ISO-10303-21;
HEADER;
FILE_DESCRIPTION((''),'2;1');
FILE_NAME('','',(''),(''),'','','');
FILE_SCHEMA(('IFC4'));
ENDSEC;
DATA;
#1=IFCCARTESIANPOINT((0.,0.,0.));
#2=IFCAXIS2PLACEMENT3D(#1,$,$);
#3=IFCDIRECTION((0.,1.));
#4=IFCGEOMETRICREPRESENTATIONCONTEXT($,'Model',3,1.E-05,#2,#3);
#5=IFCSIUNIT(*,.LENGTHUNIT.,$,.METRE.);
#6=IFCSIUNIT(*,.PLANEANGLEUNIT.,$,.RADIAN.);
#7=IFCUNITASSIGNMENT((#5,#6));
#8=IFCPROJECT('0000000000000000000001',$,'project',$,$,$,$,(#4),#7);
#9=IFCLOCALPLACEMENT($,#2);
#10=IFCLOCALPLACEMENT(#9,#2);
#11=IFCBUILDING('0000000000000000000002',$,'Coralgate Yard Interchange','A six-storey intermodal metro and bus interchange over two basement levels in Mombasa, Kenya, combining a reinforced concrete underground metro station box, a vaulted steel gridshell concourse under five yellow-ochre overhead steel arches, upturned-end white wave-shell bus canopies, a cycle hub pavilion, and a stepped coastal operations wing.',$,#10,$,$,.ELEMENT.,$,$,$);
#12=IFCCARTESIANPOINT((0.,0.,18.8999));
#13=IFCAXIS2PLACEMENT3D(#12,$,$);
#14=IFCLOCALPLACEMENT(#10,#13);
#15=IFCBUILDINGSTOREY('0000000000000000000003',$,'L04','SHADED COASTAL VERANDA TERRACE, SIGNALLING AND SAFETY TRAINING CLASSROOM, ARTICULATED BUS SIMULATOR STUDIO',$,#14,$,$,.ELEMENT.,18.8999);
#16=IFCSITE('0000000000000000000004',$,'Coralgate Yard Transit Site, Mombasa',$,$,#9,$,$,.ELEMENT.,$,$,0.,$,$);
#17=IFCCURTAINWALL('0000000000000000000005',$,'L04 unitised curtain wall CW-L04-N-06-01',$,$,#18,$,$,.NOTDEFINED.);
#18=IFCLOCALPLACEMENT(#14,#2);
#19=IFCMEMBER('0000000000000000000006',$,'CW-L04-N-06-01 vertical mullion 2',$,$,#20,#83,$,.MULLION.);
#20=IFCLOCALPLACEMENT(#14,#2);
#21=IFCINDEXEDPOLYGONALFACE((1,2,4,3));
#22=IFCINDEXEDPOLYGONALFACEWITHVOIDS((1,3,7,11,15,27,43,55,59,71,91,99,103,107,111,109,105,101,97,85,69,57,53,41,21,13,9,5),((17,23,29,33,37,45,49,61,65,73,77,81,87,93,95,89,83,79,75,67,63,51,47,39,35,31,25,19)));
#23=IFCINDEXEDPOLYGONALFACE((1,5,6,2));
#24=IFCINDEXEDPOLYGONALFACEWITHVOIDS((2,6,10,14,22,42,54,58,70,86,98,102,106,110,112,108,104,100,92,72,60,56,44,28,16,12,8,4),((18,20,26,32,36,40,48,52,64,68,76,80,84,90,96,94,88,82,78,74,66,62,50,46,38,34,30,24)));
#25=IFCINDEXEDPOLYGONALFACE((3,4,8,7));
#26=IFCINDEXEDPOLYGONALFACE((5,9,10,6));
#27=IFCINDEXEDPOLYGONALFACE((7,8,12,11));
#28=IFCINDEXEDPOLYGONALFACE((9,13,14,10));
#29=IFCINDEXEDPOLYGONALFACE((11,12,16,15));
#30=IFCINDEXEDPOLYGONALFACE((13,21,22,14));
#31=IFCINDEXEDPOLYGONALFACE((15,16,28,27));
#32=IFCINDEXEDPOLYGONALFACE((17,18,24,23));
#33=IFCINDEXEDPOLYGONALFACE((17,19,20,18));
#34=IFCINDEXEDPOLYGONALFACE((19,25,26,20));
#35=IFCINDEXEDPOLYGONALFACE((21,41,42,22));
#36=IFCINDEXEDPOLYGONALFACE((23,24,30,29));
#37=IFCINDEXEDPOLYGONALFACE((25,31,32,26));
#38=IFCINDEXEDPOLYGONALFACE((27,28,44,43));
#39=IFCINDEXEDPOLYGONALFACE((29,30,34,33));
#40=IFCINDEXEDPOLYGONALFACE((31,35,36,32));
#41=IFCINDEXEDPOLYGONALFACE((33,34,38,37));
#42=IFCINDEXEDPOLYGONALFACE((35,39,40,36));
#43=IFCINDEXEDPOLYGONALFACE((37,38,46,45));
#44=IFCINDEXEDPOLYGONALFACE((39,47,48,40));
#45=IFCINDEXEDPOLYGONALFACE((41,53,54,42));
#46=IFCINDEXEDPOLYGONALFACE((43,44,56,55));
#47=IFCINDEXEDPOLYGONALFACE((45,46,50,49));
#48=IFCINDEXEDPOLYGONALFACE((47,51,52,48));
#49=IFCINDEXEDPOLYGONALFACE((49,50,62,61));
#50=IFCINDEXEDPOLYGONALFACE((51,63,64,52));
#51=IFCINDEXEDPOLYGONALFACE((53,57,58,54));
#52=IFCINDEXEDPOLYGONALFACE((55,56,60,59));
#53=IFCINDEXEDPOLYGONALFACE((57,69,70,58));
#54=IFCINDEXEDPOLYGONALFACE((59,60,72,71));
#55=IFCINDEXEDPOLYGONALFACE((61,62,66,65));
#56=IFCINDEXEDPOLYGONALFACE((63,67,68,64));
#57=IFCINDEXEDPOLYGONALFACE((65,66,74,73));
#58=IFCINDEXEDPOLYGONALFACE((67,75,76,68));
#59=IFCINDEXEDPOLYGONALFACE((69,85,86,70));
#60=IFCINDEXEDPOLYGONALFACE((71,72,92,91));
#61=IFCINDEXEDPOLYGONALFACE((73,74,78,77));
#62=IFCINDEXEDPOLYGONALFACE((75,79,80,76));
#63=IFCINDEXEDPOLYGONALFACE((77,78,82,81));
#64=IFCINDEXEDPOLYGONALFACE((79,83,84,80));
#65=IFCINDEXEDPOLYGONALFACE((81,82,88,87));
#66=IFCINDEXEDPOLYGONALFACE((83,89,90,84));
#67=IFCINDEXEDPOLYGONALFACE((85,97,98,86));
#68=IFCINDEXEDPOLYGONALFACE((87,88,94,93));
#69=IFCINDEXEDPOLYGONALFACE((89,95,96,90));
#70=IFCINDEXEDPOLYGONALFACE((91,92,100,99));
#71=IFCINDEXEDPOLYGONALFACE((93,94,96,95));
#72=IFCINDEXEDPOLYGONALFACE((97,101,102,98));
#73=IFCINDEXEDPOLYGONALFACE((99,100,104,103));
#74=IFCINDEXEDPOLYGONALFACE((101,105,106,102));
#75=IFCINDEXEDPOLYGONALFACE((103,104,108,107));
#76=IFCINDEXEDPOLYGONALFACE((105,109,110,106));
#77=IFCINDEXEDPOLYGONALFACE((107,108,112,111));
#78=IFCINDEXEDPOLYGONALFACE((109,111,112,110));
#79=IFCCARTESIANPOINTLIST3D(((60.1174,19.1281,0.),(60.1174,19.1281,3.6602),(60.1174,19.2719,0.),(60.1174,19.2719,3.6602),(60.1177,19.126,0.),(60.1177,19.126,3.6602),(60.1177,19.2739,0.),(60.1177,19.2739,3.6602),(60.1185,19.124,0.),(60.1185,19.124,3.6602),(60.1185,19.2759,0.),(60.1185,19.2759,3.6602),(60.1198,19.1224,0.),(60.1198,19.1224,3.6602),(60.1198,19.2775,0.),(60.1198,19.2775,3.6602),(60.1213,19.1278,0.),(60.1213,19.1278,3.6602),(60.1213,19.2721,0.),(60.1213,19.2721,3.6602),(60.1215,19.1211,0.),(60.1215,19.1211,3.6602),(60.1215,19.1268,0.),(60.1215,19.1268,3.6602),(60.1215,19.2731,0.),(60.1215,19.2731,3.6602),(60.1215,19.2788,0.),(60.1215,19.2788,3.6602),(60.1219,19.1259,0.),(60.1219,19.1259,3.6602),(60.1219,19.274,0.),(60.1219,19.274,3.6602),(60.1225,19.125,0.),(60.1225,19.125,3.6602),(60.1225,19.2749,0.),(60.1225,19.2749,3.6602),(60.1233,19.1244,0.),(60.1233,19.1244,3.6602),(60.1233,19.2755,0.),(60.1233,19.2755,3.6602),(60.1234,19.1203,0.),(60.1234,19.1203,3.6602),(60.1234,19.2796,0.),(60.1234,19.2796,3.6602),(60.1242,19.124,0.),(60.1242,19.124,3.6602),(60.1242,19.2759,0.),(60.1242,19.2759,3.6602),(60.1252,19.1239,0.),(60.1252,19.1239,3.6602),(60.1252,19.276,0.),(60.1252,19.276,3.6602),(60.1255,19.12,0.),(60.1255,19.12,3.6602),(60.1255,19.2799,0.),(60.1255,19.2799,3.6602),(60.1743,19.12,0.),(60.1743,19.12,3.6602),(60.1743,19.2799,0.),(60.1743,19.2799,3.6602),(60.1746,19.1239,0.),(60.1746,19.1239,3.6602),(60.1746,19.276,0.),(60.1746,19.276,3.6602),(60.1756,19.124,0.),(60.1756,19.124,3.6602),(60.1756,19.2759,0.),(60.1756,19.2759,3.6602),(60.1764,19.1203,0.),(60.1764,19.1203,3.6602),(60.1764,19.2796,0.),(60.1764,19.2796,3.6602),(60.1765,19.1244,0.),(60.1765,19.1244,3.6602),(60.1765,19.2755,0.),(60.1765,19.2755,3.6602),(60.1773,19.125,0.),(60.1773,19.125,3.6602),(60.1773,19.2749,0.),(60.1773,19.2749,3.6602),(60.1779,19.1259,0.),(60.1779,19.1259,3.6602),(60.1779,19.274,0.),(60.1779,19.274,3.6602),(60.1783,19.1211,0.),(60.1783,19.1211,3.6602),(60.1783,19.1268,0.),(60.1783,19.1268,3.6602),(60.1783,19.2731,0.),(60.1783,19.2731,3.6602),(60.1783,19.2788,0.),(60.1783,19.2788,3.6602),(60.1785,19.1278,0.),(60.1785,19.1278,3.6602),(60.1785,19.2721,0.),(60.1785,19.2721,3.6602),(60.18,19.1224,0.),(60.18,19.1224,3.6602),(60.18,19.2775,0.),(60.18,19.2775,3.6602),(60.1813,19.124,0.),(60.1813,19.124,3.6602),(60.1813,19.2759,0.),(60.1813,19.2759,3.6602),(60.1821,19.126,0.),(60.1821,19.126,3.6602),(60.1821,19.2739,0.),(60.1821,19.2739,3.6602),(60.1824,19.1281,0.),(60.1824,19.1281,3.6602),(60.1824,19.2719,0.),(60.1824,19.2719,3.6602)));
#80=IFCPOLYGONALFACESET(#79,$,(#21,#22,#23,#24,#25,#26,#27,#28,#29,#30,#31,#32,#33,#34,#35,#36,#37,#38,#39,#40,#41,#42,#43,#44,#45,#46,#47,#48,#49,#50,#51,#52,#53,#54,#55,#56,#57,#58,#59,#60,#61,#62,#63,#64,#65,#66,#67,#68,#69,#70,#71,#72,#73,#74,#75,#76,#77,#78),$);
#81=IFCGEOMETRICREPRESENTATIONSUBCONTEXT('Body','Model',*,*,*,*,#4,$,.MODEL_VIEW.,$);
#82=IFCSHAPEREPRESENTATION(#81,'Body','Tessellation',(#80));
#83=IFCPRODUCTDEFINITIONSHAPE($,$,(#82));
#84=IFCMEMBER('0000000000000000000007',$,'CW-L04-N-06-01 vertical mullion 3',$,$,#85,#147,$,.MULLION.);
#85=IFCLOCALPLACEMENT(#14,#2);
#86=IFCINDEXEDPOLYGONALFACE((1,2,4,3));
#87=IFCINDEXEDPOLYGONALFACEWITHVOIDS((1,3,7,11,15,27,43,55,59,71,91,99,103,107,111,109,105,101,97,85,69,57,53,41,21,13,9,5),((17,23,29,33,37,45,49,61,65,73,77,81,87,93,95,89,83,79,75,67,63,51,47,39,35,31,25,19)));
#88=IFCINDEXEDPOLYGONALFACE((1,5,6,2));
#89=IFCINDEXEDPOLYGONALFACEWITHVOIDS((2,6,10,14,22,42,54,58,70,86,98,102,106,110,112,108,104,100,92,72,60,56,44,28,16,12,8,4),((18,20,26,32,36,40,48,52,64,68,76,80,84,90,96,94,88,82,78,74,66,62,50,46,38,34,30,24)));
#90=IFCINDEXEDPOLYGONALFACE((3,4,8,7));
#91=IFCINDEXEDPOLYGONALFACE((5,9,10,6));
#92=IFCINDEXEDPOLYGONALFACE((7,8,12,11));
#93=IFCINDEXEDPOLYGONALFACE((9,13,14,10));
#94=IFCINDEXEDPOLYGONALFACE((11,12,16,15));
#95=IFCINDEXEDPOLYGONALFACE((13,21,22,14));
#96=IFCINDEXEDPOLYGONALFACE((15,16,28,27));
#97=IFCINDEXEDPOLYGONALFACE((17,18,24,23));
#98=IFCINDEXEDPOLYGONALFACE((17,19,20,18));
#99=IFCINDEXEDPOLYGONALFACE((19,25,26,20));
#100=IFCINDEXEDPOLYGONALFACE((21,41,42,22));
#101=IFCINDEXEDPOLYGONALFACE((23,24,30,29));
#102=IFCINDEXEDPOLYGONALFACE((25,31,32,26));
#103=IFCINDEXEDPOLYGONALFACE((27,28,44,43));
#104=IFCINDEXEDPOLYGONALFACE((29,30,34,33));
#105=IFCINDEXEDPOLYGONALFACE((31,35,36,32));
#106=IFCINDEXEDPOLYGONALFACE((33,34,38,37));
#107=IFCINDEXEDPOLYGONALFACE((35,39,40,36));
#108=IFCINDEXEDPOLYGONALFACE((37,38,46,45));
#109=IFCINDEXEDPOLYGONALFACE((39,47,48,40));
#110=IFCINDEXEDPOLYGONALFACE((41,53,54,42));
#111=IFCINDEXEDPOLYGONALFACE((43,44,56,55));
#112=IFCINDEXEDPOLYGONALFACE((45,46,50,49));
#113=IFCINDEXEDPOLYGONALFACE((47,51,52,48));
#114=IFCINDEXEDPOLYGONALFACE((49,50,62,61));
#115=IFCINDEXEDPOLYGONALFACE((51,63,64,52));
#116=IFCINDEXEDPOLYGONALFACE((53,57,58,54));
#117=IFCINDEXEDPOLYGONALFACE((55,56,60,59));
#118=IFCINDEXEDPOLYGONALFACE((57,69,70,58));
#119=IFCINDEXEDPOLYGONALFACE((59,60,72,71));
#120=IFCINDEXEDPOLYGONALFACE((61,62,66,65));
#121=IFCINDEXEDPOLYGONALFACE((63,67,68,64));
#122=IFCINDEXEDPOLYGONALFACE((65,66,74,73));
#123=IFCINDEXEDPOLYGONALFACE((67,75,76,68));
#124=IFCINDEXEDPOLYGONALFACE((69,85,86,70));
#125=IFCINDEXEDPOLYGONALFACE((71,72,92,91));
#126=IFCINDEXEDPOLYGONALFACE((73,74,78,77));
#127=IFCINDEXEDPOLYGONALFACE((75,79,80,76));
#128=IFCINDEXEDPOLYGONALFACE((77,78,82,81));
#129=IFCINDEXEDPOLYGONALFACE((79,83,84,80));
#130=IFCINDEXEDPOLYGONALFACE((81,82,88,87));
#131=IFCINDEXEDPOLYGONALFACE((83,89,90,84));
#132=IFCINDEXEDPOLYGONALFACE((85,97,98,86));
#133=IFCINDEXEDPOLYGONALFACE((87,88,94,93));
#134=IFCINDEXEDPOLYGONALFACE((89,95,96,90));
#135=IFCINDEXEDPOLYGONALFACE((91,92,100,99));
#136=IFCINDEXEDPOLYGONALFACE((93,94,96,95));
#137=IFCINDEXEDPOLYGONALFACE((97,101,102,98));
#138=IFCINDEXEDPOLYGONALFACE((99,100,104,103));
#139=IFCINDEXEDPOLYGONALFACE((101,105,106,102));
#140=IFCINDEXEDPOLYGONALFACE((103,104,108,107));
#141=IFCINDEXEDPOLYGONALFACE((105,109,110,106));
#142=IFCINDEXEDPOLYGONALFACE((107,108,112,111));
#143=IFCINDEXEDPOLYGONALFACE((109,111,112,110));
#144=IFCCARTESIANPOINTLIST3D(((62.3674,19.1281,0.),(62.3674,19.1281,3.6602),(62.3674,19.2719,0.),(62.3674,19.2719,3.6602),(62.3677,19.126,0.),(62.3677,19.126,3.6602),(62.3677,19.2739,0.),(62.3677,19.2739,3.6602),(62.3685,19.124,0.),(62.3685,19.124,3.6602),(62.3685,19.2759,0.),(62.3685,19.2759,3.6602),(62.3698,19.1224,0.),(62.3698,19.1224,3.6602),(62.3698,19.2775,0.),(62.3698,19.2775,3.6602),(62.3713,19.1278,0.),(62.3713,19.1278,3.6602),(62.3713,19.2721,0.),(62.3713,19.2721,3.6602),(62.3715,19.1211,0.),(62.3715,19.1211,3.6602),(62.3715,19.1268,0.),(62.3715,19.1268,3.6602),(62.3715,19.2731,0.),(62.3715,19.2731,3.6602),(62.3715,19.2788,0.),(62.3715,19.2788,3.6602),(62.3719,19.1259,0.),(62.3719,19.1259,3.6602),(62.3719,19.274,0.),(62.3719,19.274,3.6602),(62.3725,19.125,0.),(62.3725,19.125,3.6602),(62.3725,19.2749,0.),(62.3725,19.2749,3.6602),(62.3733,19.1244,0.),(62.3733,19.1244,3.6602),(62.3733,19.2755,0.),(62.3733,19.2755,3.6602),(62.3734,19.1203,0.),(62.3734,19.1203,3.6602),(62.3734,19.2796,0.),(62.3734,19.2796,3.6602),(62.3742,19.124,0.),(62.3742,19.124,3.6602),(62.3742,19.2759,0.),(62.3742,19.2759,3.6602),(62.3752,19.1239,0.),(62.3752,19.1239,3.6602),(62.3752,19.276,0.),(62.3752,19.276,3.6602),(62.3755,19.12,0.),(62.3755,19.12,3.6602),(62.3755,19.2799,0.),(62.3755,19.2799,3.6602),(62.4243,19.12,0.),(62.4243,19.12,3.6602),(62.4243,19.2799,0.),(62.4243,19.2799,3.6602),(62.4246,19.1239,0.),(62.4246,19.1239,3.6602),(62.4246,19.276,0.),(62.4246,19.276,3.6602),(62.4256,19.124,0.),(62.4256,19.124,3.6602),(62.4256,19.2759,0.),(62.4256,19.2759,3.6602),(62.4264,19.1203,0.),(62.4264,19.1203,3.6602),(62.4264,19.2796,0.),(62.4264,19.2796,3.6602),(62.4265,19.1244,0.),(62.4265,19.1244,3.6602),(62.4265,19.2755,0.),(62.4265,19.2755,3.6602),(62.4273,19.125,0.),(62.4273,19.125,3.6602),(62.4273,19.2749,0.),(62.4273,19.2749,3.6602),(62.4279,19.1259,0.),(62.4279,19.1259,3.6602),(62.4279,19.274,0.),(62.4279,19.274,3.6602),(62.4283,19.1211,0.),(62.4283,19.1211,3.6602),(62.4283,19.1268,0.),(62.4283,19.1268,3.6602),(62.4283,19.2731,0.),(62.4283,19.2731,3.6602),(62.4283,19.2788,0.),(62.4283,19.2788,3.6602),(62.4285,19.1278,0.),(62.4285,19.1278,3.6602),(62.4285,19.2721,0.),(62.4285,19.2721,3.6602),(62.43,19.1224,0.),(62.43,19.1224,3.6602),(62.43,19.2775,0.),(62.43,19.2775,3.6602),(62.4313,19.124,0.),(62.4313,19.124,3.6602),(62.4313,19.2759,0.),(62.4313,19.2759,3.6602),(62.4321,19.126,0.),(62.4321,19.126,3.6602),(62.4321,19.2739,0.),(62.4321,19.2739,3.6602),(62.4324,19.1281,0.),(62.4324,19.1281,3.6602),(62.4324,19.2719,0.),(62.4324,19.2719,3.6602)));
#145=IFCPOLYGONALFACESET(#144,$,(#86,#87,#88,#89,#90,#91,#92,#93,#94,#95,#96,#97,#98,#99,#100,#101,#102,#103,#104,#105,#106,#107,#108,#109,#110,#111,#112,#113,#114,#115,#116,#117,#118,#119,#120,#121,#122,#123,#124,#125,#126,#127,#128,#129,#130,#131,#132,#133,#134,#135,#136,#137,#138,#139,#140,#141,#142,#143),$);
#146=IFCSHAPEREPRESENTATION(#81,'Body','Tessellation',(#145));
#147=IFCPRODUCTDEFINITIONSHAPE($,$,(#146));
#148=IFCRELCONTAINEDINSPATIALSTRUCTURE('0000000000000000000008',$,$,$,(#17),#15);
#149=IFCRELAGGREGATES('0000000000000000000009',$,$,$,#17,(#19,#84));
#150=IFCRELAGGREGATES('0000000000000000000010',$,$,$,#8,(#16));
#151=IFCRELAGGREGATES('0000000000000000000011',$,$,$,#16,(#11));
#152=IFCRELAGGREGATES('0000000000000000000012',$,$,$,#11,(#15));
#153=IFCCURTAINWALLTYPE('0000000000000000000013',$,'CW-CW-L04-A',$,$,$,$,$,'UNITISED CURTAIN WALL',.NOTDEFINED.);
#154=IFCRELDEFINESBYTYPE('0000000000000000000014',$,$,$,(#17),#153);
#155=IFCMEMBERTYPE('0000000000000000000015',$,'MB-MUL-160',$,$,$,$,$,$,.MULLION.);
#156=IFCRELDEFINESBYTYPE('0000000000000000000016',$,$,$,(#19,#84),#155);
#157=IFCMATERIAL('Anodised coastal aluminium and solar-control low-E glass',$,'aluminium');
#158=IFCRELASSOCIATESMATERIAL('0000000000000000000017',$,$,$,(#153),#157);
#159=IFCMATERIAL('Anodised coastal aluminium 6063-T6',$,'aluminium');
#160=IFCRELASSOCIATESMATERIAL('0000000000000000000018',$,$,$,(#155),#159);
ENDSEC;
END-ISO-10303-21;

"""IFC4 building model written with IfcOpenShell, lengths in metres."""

from ifc_helpers import new_model, si_unit, direction, frame, origin, origin_2d, place, context, subcontext, project, spatial, hollow_rectangle, extrude, material, material_profile, profile_set, type_object, element, aggregate, save


model = new_model("IFC4")

# Units and contexts
model_context = context("Model", 3, precision=1e-05, world=origin(), true_north=direction((0.0, 1.0)))
body_context = subcontext(model_context, "Body", "Model", "MODEL_VIEW")
ifc_project = project(units=[si_unit("LENGTHUNIT", "METRE"), si_unit("PLANEANGLEUNIT", "RADIAN")], contexts=[model_context])

# Site, building, storey
site_placement = place(None, origin())
site = spatial("IfcSite", under=ifc_project, at=site_placement, Name="Coralgate Yard Transit Site, Mombasa", CompositionType="ELEMENT", RefElevation=0.0)
building_placement = place(site_placement, origin())
building = spatial("IfcBuilding", under=site, at=building_placement, Name="Coralgate Yard Interchange", Description="A six-storey intermodal metro and bus interchange over two basement levels in Mombasa, Kenya, combining a reinforced concrete underground metro station box, a vaulted steel gridshell concourse under five yellow-ochre overhead steel arches, upturned-end white wave-shell bus canopies, a cycle hub pavilion, and a stepped coastal operations wing.", CompositionType="ELEMENT")
storey_placement = place(building_placement, frame((0.0, 0.0, 18.8999)))
storey = spatial("IfcBuildingStorey", under=building, at=storey_placement, Name="L04", Description="SHADED COASTAL VERANDA TERRACE, SIGNALLING AND SAFETY TRAINING CLASSROOM, ARTICULATED BUS SIMULATOR STUDIO", CompositionType="ELEMENT", Elevation=18.8999)

# Curtain wall, members
ifc_material_1 = material(Name="Anodised coastal aluminium and solar-control low-E glass", Category="aluminium")
curtain_wall_type = type_object("IfcCurtainWallType", Name="CW-CW-L04-A", ElementType="UNITISED CURTAIN WALL", PredefinedType="NOTDEFINED", material=ifc_material_1)
ifc_material_2 = material(Name="Anodised coastal aluminium 6063-T6", Category="aluminium")
ifc_material_profile_1 = material_profile(ifc_material_2, hollow_rectangle(XDim=0.0649, YDim=0.1599, WallThickness=0.0039, InnerFilletRadius=0.0039, OuterFilletRadius=0.0081, at=origin_2d()), Name="ALU 65x160x4")
ifc_profile_set_1 = profile_set([ifc_material_profile_1], Name="Anodised coastal aluminium 6063-T6")
member_type_1 = type_object("IfcMemberType", Name="MB-MUL-160", PredefinedType="MULLION", material=ifc_profile_set_1)
curtain_wall_1_placement = place(storey_placement, origin())
curtain_wall_1 = element("IfcCurtainWall", 1, at=curtain_wall_1_placement, inside=storey, type_object=curtain_wall_type, Name="L04 unitised curtain wall CW-L04-N-06-01", PredefinedType="NOTDEFINED")
member_1_placement = place(storey_placement, frame((60.1499, 19.2, 0.0), z_axis=(0.0, 0.0, 1.0), x_axis=(1.0, 0.0, 0.0)))
member_1 = element("IfcMember", 2, at=member_1_placement, type_object=member_type_1, Name="CW-L04-N-06-01 vertical mullion 2", PredefinedType="MULLION", context=body_context, shape_type="SweptSolid", body=[
    extrude(hollow_rectangle(XDim=0.0649, YDim=0.1599, WallThickness=0.0039, InnerFilletRadius=0.0039, OuterFilletRadius=0.0081, at=origin_2d()), origin(), (0.0, 0.0, 1.0), 3.6602),
])
member_2_placement = place(storey_placement, frame((62.3999, 19.2, 0.0), z_axis=(0.0, 0.0, 1.0), x_axis=(1.0, 0.0, 0.0)))
member_2 = element("IfcMember", 3, at=member_2_placement, type_object=member_type_1, Name="CW-L04-N-06-01 vertical mullion 3", PredefinedType="MULLION", context=body_context, shape_type="SweptSolid", body=[
    extrude(hollow_rectangle(XDim=0.0649, YDim=0.1599, WallThickness=0.0039, InnerFilletRadius=0.0039, OuterFilletRadius=0.0081, at=origin_2d()), origin(), (0.0, 0.0, 1.0), 3.6602),
])

aggregate(curtain_wall_1, [member_1, member_2])

save(model, "model.ifc")
